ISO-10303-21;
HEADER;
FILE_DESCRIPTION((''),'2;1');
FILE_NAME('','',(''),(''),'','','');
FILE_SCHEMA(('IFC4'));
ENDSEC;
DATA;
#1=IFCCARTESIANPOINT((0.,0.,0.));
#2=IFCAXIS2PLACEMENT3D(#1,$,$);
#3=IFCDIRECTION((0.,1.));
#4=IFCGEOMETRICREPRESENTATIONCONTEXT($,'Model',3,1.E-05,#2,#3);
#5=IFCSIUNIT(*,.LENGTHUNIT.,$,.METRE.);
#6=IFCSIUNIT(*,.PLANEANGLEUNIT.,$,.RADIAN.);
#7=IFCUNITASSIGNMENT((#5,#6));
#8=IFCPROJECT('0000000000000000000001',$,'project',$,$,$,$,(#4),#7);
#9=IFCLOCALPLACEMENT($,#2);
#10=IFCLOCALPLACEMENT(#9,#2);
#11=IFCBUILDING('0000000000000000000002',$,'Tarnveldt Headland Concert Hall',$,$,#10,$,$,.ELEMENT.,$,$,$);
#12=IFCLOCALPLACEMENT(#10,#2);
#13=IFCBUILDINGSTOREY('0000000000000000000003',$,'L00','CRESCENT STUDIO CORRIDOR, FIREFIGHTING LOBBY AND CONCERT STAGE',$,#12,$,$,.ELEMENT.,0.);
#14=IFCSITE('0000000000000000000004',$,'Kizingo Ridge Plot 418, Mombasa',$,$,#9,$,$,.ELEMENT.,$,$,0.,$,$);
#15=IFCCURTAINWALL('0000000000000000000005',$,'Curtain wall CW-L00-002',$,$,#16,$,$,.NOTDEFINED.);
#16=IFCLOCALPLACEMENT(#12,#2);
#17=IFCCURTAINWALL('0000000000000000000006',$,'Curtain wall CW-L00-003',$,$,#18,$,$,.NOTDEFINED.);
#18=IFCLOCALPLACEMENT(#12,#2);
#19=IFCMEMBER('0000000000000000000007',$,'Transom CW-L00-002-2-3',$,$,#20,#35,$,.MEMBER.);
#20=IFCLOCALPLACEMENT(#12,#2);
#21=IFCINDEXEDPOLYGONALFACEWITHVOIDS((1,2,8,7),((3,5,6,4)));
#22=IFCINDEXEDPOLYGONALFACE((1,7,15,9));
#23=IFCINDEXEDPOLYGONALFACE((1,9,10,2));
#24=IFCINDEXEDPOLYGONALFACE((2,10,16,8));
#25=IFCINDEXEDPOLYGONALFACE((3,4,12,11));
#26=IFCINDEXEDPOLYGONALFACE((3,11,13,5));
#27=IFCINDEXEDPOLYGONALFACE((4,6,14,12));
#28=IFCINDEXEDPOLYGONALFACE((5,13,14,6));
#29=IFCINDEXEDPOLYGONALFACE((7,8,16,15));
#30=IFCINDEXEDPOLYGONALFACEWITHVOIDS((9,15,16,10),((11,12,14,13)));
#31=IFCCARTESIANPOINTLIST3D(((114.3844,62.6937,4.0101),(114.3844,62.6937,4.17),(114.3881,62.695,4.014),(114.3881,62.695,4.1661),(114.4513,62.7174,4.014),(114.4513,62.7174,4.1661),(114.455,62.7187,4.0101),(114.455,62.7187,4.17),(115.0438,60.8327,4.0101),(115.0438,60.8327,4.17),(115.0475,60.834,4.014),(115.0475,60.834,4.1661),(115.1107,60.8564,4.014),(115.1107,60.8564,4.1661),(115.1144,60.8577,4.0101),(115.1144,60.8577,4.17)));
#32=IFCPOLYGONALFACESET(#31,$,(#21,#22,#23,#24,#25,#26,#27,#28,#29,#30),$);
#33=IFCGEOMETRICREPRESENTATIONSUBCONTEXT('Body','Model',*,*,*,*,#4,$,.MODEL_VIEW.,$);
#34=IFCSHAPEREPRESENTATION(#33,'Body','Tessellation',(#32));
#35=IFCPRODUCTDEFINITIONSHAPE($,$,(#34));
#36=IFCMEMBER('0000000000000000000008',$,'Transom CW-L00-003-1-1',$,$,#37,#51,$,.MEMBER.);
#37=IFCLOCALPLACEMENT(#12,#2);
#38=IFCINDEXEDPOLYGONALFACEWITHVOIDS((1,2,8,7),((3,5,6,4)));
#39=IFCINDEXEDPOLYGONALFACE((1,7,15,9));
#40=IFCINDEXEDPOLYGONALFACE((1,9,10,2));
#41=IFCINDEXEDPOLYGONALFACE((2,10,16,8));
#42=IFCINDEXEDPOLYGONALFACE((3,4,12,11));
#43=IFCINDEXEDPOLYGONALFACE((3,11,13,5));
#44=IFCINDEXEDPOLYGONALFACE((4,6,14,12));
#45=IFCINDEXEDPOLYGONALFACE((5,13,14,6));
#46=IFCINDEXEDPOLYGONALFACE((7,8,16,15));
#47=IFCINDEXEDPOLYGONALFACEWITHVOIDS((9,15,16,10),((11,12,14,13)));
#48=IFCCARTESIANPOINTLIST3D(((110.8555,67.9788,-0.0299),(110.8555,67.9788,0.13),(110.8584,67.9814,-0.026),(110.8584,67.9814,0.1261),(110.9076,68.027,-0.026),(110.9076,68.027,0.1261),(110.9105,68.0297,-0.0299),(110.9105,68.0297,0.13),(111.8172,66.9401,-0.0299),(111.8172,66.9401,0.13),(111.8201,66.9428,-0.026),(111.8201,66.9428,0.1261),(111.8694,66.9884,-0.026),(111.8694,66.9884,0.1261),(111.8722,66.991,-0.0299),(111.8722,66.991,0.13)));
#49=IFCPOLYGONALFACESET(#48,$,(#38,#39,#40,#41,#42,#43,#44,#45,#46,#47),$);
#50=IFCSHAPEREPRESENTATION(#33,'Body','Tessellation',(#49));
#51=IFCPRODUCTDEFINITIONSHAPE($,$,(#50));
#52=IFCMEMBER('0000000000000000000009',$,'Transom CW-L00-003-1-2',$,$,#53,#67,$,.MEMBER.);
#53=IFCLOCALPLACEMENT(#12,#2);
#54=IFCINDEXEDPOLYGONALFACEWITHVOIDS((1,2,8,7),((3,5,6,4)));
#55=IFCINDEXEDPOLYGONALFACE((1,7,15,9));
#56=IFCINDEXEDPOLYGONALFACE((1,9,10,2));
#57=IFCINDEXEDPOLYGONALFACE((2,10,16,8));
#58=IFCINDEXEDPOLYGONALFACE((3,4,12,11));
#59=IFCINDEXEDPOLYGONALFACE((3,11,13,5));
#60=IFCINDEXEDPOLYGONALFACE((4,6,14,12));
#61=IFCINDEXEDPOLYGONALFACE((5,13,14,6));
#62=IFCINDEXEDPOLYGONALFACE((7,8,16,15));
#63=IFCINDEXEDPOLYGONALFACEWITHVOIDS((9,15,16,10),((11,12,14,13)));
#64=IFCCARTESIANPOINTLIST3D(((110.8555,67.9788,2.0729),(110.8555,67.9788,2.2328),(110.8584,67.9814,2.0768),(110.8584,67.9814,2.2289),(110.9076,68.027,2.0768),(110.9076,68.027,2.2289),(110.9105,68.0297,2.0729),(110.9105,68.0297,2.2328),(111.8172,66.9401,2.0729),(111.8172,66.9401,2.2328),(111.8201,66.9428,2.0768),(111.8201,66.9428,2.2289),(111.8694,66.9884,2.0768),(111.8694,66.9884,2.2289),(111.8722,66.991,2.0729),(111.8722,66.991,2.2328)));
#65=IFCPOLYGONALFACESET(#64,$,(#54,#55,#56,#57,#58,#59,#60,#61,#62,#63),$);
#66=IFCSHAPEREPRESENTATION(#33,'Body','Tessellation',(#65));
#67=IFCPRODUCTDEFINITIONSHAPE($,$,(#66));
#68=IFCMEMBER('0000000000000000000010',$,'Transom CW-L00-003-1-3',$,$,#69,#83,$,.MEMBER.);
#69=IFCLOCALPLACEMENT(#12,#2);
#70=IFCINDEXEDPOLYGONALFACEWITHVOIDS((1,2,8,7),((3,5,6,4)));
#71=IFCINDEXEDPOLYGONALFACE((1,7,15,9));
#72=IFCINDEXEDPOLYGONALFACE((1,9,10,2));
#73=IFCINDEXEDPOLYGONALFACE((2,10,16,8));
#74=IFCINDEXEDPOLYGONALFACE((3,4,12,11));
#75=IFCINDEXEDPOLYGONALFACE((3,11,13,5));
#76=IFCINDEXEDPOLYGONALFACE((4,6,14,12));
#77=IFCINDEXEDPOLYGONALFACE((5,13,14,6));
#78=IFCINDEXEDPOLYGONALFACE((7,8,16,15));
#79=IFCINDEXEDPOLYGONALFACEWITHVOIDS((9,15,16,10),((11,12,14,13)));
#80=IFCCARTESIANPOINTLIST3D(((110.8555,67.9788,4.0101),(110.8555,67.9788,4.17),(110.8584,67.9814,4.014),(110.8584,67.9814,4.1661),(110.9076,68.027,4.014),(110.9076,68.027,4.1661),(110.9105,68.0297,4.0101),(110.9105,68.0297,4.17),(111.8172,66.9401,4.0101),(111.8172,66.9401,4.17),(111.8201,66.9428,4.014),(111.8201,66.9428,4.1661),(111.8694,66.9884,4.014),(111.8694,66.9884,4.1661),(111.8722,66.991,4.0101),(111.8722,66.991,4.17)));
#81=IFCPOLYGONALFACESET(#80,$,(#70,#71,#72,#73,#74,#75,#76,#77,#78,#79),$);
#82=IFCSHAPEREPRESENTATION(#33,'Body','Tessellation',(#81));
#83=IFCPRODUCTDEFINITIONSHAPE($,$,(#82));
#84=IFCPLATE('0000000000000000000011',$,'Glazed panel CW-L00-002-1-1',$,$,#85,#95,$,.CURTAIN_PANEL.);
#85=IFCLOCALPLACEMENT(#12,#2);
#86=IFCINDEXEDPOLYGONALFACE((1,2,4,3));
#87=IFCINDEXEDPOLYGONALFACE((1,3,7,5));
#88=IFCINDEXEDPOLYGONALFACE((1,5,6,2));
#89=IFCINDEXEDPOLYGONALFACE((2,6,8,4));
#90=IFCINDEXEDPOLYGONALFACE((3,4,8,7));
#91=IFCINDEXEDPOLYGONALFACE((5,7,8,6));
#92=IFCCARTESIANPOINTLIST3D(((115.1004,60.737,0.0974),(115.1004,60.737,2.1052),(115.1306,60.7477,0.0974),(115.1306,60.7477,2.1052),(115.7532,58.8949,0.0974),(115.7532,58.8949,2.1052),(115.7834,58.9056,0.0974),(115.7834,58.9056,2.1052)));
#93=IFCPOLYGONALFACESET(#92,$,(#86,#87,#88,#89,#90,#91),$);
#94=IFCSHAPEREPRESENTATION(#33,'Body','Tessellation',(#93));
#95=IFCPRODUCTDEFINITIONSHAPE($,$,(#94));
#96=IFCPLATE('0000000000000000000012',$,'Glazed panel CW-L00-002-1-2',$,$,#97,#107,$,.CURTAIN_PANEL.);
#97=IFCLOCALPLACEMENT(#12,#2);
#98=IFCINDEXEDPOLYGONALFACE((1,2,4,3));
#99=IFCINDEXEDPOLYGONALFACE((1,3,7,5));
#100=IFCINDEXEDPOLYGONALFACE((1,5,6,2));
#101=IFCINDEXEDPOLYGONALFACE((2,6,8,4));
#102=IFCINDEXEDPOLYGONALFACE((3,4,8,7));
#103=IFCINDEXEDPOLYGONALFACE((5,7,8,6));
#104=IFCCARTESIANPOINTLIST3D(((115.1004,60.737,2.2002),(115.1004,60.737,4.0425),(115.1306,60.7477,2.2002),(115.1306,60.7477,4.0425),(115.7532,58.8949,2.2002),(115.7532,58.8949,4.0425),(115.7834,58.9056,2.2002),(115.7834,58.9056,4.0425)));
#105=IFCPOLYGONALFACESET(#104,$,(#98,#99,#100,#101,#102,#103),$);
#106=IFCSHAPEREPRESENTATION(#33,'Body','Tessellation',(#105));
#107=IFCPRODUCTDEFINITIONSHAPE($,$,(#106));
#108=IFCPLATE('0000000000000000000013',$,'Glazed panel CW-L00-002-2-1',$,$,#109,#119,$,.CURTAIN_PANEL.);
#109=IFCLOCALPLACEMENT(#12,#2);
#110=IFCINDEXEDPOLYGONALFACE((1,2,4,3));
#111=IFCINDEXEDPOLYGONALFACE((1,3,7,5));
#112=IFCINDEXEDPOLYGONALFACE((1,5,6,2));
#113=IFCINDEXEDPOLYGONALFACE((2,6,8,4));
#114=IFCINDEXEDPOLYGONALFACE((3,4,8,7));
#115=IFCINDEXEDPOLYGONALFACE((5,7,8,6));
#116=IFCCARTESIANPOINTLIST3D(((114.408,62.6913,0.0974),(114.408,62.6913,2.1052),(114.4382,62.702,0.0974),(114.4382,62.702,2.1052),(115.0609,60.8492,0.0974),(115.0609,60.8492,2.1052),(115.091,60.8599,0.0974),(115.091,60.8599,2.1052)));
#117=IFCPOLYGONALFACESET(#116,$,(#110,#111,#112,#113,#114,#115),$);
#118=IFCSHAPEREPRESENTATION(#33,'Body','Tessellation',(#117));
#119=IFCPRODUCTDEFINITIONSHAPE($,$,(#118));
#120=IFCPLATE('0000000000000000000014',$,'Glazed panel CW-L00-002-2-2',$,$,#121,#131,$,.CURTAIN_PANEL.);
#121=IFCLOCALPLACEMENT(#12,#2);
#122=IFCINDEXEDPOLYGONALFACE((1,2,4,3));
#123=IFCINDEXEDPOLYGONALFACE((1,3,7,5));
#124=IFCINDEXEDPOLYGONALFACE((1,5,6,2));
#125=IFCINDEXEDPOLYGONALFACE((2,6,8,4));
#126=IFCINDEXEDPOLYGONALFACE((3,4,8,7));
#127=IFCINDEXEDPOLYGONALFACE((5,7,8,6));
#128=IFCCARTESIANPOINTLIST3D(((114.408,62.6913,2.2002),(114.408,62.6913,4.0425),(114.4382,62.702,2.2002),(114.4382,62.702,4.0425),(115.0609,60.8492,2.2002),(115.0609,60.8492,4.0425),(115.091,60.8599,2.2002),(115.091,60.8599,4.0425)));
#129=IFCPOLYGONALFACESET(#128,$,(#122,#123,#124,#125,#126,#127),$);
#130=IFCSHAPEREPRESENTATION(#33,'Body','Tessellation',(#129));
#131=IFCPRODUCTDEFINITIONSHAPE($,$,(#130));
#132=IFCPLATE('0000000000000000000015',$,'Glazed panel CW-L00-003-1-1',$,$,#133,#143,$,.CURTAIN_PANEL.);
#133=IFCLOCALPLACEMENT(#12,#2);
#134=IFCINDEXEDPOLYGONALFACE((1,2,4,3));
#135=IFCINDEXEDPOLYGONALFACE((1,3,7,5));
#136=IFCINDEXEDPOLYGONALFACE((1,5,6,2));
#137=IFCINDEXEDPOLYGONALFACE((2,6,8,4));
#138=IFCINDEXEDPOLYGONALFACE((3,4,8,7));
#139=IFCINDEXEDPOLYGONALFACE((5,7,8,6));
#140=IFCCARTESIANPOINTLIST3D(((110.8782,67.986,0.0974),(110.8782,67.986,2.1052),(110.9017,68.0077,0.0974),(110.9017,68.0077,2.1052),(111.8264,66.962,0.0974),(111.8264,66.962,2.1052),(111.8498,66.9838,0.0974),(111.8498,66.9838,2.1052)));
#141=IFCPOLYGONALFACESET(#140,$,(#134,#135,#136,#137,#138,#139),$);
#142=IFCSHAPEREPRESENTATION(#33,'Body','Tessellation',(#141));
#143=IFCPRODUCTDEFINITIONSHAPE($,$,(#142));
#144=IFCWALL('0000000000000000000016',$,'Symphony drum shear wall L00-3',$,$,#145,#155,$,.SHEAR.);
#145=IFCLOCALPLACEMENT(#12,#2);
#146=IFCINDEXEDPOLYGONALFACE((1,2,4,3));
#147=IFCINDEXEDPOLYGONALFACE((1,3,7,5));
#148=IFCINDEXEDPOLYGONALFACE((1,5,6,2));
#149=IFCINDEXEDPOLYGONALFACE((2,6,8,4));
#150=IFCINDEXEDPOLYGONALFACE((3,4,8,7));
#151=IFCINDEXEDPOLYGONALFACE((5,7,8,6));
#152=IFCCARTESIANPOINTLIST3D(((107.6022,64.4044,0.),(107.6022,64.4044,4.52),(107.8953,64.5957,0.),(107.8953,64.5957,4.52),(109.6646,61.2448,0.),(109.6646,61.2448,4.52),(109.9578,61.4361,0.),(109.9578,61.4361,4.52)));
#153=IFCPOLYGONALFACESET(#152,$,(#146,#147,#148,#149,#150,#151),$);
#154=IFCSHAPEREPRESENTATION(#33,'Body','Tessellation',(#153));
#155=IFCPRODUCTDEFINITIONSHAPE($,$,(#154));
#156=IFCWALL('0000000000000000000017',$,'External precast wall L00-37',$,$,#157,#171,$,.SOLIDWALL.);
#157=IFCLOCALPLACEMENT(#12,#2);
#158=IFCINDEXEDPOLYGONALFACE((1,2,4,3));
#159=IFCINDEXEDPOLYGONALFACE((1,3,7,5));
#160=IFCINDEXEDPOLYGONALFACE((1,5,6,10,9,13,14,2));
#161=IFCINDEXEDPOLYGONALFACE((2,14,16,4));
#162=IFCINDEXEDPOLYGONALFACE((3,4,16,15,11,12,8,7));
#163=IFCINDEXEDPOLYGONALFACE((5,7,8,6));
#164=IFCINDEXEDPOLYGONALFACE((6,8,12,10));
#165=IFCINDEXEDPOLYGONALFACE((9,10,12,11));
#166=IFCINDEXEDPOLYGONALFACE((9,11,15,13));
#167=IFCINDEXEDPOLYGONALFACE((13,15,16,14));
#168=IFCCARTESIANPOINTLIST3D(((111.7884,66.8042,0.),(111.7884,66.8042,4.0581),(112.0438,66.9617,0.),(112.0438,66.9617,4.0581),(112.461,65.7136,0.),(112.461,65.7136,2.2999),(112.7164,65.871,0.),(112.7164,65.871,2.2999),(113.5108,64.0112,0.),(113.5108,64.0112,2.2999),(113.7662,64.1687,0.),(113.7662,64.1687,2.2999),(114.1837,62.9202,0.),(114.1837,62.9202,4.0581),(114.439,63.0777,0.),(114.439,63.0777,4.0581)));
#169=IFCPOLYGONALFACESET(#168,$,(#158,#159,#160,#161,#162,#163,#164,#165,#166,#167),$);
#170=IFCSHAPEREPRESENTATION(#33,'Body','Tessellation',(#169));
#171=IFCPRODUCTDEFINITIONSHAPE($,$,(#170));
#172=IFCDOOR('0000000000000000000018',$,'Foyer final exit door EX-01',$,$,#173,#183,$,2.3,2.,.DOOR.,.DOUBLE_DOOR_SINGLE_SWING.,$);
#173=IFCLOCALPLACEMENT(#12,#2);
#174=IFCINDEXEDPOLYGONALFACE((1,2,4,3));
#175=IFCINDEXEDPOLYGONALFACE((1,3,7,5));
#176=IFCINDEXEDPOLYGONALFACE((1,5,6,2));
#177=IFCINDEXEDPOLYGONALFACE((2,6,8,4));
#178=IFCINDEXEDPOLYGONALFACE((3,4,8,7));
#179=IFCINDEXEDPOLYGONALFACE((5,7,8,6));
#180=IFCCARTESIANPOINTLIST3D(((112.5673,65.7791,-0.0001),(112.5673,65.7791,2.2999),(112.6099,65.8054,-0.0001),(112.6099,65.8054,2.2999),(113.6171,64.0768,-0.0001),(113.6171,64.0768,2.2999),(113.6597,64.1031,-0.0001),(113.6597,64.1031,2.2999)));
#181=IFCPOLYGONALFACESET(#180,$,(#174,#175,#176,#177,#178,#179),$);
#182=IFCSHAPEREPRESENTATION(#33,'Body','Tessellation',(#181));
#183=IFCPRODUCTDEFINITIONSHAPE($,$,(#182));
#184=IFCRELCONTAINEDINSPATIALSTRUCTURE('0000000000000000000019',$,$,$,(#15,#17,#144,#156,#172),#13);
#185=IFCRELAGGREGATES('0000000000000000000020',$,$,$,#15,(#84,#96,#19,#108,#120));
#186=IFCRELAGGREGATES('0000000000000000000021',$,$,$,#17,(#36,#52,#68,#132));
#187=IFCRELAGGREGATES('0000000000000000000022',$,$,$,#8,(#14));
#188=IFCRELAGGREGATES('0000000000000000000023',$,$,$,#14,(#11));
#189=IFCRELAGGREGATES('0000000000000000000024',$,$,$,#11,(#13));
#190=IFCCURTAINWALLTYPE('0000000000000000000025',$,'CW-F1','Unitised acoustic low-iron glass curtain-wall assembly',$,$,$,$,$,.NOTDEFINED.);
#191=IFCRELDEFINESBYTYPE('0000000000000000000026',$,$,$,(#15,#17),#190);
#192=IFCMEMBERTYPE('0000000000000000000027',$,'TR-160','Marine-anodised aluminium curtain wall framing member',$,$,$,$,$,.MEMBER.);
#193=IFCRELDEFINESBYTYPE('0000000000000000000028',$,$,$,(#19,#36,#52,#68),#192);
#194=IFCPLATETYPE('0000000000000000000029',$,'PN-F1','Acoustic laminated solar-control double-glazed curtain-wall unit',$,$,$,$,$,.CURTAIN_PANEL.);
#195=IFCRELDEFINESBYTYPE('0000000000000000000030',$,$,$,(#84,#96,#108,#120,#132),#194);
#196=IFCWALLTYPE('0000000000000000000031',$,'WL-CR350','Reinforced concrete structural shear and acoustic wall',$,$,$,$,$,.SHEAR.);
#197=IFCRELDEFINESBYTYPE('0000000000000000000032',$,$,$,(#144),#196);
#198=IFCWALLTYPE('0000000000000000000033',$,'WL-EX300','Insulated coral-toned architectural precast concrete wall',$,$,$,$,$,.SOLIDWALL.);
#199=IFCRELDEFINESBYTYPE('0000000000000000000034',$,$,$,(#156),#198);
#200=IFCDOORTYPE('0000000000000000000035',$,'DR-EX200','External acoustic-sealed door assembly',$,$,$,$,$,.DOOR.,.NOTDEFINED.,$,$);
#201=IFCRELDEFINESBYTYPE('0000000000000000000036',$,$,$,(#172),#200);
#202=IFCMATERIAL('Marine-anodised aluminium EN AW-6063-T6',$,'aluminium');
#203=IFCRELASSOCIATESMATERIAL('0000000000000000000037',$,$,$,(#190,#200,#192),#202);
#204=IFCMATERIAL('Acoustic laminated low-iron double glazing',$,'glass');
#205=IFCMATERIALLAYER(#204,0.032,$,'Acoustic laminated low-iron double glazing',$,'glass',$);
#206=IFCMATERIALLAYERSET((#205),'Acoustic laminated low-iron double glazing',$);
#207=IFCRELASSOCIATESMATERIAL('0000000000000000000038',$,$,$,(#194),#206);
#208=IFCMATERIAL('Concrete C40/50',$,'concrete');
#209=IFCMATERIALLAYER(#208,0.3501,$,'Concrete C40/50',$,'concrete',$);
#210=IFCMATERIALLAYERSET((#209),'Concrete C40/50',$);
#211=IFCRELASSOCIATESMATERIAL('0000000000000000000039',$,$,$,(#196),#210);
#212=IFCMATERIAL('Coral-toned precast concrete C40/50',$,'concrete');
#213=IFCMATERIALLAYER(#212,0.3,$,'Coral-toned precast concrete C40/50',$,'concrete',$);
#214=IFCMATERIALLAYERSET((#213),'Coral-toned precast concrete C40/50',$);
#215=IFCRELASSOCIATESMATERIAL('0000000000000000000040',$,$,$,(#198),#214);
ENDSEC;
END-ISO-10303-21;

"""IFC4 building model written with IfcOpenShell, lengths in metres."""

from ifc_helpers import new_model, si_unit, direction, frame, frame_2d, origin, origin_2d, place, context, subcontext, project, spatial, rectangle, hollow_rectangle, extrude, material, layer, layer_set, material_profile, profile_set, type_object, element, fill, aggregate, save


model = new_model("IFC4")

# Units and contexts
model_context = context("Model", 3, precision=1e-05, world=origin(), true_north=direction((0.0, 1.0)))
body_context = subcontext(model_context, "Body", "Model", "MODEL_VIEW")
ifc_project = project(units=[si_unit("LENGTHUNIT", "METRE"), si_unit("PLANEANGLEUNIT", "RADIAN")], contexts=[model_context])

# Site, building, storey
site_placement = place(None, origin())
site = spatial("IfcSite", under=ifc_project, at=site_placement, Name="Kizingo Ridge Plot 418, Mombasa", CompositionType="ELEMENT", RefElevation=0.0)
building_placement = place(site_placement, origin())
building = spatial("IfcBuilding", under=site, at=building_placement, Name="Tarnveldt Headland Concert Hall", CompositionType="ELEMENT")
storey_placement = place(building_placement, origin())
storey = spatial("IfcBuildingStorey", under=building, at=storey_placement, Name="L00", Description="CRESCENT STUDIO CORRIDOR, FIREFIGHTING LOBBY AND CONCERT STAGE", CompositionType="ELEMENT", Elevation=0.0)

# Shared definitions
ifc_material_1 = material(Name="Concrete C40/50", Category="concrete")

# Shared definitions
ifc_material_2 = material(Name="Marine-anodised aluminium EN AW-6063-T6", Category="aluminium")
curtain_wall_type = type_object("IfcCurtainWallType", Name="CW-F1", Description="Unitised acoustic low-iron glass curtain-wall assembly", PredefinedType="NOTDEFINED", material=ifc_material_2)

# Curtain wall
curtain_wall_1_placement = place(storey_placement, origin())
curtain_wall_1 = element("IfcCurtainWall", 1, at=curtain_wall_1_placement, inside=storey, type_object=curtain_wall_type, Name="Curtain wall CW-L00-002", PredefinedType="NOTDEFINED")

# Curtain wall
curtain_wall_2_placement = place(storey_placement, origin())
curtain_wall_2 = element("IfcCurtainWall", 2, at=curtain_wall_2_placement, inside=storey, type_object=curtain_wall_type, Name="Curtain wall CW-L00-003", PredefinedType="NOTDEFINED")

# Members
ifc_material_profile_1 = material_profile(ifc_material_2, hollow_rectangle(XDim=0.075, YDim=0.1599, WallThickness=0.0039, at=origin_2d()), Name="ALU TRANSOM 75x160x4", Category="aluminium")
ifc_profile_set_1 = profile_set([ifc_material_profile_1], Name="Marine-anodised aluminium EN AW-6063-T6")
member_type_1 = type_object("IfcMemberType", Name="TR-160", Description="Marine-anodised aluminium curtain wall framing member", PredefinedType="MEMBER", material=ifc_profile_set_1)
member_1_placement = place(storey_placement, frame((115.0791, 60.8452, 4.0901), z_axis=(-0.333978, 0.942581, 0.0), x_axis=(-0.942581, -0.333978, 0.0)))
member_1 = element("IfcMember", 3, at=member_1_placement, type_object=member_type_1, Name="Transom CW-L00-002-2-3", PredefinedType="MEMBER", context=body_context, shape_type="SweptSolid", body=[
    extrude(hollow_rectangle(XDim=0.075, YDim=0.1599, WallThickness=0.0039, at=origin_2d()), origin(), (0.0, 0.0, 1.0), 1.9744),
])
member_2_placement = place(storey_placement, frame((111.8447, 66.9656, 0.05), z_axis=(-0.679418, 0.733751, 0.0), x_axis=(-0.733751, -0.679418, 0.0)))
member_2 = element("IfcMember", 4, at=member_2_placement, type_object=member_type_1, Name="Transom CW-L00-003-1-1", PredefinedType="MEMBER", context=body_context, shape_type="SweptSolid", body=[
    extrude(hollow_rectangle(XDim=0.075, YDim=0.1599, WallThickness=0.0039, at=origin_2d()), origin(), (0.0, 0.0, 1.0), 1.4155),
])
member_3_placement = place(storey_placement, frame((111.8447, 66.9656, 2.1528), z_axis=(-0.679418, 0.733751, 0.0), x_axis=(-0.733751, -0.679418, 0.0)))
member_3 = element("IfcMember", 5, at=member_3_placement, type_object=member_type_1, Name="Transom CW-L00-003-1-2", PredefinedType="MEMBER", context=body_context, shape_type="SweptSolid", body=[
    extrude(hollow_rectangle(XDim=0.075, YDim=0.1599, WallThickness=0.0039, at=origin_2d()), origin(), (0.0, 0.0, 1.0), 1.4155),
])
member_4_placement = place(storey_placement, frame((111.8447, 66.9656, 4.0901), z_axis=(-0.679418, 0.733751, 0.0), x_axis=(-0.733751, -0.679418, 0.0)))
member_4 = element("IfcMember", 6, at=member_4_placement, type_object=member_type_1, Name="Transom CW-L00-003-1-3", PredefinedType="MEMBER", context=body_context, shape_type="SweptSolid", body=[
    extrude(hollow_rectangle(XDim=0.075, YDim=0.1599, WallThickness=0.0039, at=origin_2d()), origin(), (0.0, 0.0, 1.0), 1.4155),
])

# Plates
ifc_material_3 = material(Name="Acoustic laminated low-iron double glazing", Category="glass")
ifc_layer_1 = layer(ifc_material_3, 0.032, Name="Acoustic laminated low-iron double glazing", Category="glass")
ifc_layer_set_1 = layer_set([ifc_layer_1], Name="Acoustic laminated low-iron double glazing")
plate_type = type_object("IfcPlateType", Name="PN-F1", Description="Acoustic laminated solar-control double-glazed curtain-wall unit", PredefinedType="CURTAIN_PANEL", material=ifc_layer_set_1)
plate_1_placement = place(storey_placement, frame((115.4419, 59.8213, 0.0974), z_axis=(0.0, 0.0, 1.0), x_axis=(-0.334037, 0.94256, 0.0)))
plate_1 = element("IfcPlate", 7, at=plate_1_placement, type_object=plate_type, Name="Glazed panel CW-L00-002-1-1", PredefinedType="CURTAIN_PANEL", context=body_context, shape_type="SweptSolid", body=[
    extrude(rectangle(XDim=1.9543, YDim=0.032, at=origin_2d()), origin(), (0.0, 0.0, 1.0), 2.0078),
])
plate_2_placement = place(storey_placement, frame((115.4419, 59.8213, 2.2002), z_axis=(0.0, 0.0, 1.0), x_axis=(-0.334037, 0.94256, 0.0)))
plate_2 = element("IfcPlate", 8, at=plate_2_placement, type_object=plate_type, Name="Glazed panel CW-L00-002-1-2", PredefinedType="CURTAIN_PANEL", context=body_context, shape_type="SweptSolid", body=[
    extrude(rectangle(XDim=1.9543, YDim=0.032, at=origin_2d()), origin(), (0.0, 0.0, 1.0), 1.8423),
])
plate_3_placement = place(storey_placement, frame((114.7495, 61.7756, 0.0974), z_axis=(0.0, 0.0, 1.0), x_axis=(-0.334037, 0.94256, 0.0)))
plate_3 = element("IfcPlate", 9, at=plate_3_placement, type_object=plate_type, Name="Glazed panel CW-L00-002-2-1", PredefinedType="CURTAIN_PANEL", context=body_context, shape_type="SweptSolid", body=[
    extrude(rectangle(XDim=1.9543, YDim=0.032, at=origin_2d()), origin(), (0.0, 0.0, 1.0), 2.0078),
])
plate_4_placement = place(storey_placement, frame((114.7495, 61.7756, 2.2002), z_axis=(0.0, 0.0, 1.0), x_axis=(-0.334037, 0.94256, 0.0)))
plate_4 = element("IfcPlate", 10, at=plate_4_placement, type_object=plate_type, Name="Glazed panel CW-L00-002-2-2", PredefinedType="CURTAIN_PANEL", context=body_context, shape_type="SweptSolid", body=[
    extrude(rectangle(XDim=1.9543, YDim=0.032, at=origin_2d()), origin(), (0.0, 0.0, 1.0), 1.8423),
])
aggregate(curtain_wall_1, [plate_1, plate_2, member_1, plate_3, plate_4])
plate_5_placement = place(storey_placement, frame((111.364, 67.4849, 0.0974), z_axis=(0.0, 0.0, 1.0), x_axis=(-0.679454, 0.733718, 0.0)))
plate_5 = element("IfcPlate", 11, at=plate_5_placement, type_object=plate_type, Name="Glazed panel CW-L00-003-1-1", PredefinedType="CURTAIN_PANEL", context=body_context, shape_type="SweptSolid", body=[
    extrude(rectangle(XDim=1.3955, YDim=0.032, at=origin_2d()), origin(), (0.0, 0.0, 1.0), 2.0078),
])
aggregate(curtain_wall_2, [member_2, member_3, member_4, plate_5])

# Wall
ifc_layer_2 = layer(ifc_material_1, 0.3501, Name="Concrete C40/50", Category="concrete")
ifc_layer_set_2 = layer_set([ifc_layer_2], Name="Concrete C40/50")
wall_type_1 = type_object("IfcWallType", Name="WL-CR350", Description="Reinforced concrete structural shear and acoustic wall", PredefinedType="SHEAR", material=ifc_layer_set_2)
wall_1_placement = place(storey_placement, frame((109.8113, 61.3403, 0.0), z_axis=(0.0, 0.0, 1.0), x_axis=(-0.546611, 0.837387, 0.0)))
element("IfcWall", 12, at=wall_1_placement, inside=storey, type_object=wall_type_1, Name="Symphony drum shear wall L00-3", PredefinedType="SHEAR", context=body_context, shape_type="SweptSolid", body=[
    extrude(rectangle(XDim=3.7732, YDim=0.3501, at=frame_2d((1.8867, 0.0))), origin(), (0.0, 0.0, 1.0), 4.52),
])

# Wall, opening, door
ifc_material_4 = material(Name="Coral-toned precast concrete C40/50", Category="concrete")
ifc_layer_3 = layer(ifc_material_4, 0.3, Name="Coral-toned precast concrete C40/50", Category="concrete")
ifc_layer_set_3 = layer_set([ifc_layer_3], Name="Coral-toned precast concrete C40/50")
wall_type_2 = type_object("IfcWallType", Name="WL-EX300", Description="Insulated coral-toned architectural precast concrete wall", PredefinedType="SOLIDWALL", material=ifc_layer_set_3)
wall_2_placement = place(storey_placement, frame((111.916, 66.8831, 0.0), z_axis=(0.0, 0.0, 1.0), x_axis=(0.524906, -0.85116, 0.0)))
wall_2 = element("IfcWall", 13, at=wall_2_placement, inside=storey, type_object=wall_type_2, Name="External precast wall L00-37", PredefinedType="SOLIDWALL", context=body_context, shape_type="SweptSolid", body=[
    extrude(rectangle(XDim=4.5632, YDim=0.3, at=frame_2d((2.2817, 0.0))), origin(), (0.0, 0.0, 1.0), 4.0581),
])
opening_placement = place(wall_2_placement, frame((1.2815, 0.0, 0.0)))
opening = element("IfcOpeningElement", 14, at=opening_placement, cuts=wall_2, PredefinedType="OPENING", context=body_context, shape_type="SweptSolid", body=[
    extrude(rectangle(XDim=2.0, YDim=2.3, at=frame_2d((1.0, 1.1499))), frame((0.0, 0.1599, 0.0), z_axis=(0.0, -1.0, 0.0), x_axis=(1.0, 0.0, 0.0)), (0.0, 0.0, 1.0), 0.3201),
])
door_type = type_object("IfcDoorType", Name="DR-EX200", Description="External acoustic-sealed door assembly", OperationType="NOTDEFINED", PredefinedType="DOOR", material=ifc_material_2)
door_placement = place(opening_placement, origin())
door = element("IfcDoor", 15, at=door_placement, inside=storey, type_object=door_type, Name="Foyer final exit door EX-01", OperationType="DOUBLE_DOOR_SINGLE_SWING", OverallHeight=2.3, OverallWidth=2.0, PredefinedType="DOOR", context=body_context, shape_type="SweptSolid", body=[
    extrude(rectangle(XDim=2.0, YDim=2.3, at=frame_2d((1.0, 1.1499))), frame((0.0, 0.0249, 0.0), z_axis=(0.0, -1.0, 0.0), x_axis=(1.0, 0.0, 0.0)), (0.0, 0.0, 1.0), 0.05),
])
fill(opening, door)

save(model, "model.ifc")
